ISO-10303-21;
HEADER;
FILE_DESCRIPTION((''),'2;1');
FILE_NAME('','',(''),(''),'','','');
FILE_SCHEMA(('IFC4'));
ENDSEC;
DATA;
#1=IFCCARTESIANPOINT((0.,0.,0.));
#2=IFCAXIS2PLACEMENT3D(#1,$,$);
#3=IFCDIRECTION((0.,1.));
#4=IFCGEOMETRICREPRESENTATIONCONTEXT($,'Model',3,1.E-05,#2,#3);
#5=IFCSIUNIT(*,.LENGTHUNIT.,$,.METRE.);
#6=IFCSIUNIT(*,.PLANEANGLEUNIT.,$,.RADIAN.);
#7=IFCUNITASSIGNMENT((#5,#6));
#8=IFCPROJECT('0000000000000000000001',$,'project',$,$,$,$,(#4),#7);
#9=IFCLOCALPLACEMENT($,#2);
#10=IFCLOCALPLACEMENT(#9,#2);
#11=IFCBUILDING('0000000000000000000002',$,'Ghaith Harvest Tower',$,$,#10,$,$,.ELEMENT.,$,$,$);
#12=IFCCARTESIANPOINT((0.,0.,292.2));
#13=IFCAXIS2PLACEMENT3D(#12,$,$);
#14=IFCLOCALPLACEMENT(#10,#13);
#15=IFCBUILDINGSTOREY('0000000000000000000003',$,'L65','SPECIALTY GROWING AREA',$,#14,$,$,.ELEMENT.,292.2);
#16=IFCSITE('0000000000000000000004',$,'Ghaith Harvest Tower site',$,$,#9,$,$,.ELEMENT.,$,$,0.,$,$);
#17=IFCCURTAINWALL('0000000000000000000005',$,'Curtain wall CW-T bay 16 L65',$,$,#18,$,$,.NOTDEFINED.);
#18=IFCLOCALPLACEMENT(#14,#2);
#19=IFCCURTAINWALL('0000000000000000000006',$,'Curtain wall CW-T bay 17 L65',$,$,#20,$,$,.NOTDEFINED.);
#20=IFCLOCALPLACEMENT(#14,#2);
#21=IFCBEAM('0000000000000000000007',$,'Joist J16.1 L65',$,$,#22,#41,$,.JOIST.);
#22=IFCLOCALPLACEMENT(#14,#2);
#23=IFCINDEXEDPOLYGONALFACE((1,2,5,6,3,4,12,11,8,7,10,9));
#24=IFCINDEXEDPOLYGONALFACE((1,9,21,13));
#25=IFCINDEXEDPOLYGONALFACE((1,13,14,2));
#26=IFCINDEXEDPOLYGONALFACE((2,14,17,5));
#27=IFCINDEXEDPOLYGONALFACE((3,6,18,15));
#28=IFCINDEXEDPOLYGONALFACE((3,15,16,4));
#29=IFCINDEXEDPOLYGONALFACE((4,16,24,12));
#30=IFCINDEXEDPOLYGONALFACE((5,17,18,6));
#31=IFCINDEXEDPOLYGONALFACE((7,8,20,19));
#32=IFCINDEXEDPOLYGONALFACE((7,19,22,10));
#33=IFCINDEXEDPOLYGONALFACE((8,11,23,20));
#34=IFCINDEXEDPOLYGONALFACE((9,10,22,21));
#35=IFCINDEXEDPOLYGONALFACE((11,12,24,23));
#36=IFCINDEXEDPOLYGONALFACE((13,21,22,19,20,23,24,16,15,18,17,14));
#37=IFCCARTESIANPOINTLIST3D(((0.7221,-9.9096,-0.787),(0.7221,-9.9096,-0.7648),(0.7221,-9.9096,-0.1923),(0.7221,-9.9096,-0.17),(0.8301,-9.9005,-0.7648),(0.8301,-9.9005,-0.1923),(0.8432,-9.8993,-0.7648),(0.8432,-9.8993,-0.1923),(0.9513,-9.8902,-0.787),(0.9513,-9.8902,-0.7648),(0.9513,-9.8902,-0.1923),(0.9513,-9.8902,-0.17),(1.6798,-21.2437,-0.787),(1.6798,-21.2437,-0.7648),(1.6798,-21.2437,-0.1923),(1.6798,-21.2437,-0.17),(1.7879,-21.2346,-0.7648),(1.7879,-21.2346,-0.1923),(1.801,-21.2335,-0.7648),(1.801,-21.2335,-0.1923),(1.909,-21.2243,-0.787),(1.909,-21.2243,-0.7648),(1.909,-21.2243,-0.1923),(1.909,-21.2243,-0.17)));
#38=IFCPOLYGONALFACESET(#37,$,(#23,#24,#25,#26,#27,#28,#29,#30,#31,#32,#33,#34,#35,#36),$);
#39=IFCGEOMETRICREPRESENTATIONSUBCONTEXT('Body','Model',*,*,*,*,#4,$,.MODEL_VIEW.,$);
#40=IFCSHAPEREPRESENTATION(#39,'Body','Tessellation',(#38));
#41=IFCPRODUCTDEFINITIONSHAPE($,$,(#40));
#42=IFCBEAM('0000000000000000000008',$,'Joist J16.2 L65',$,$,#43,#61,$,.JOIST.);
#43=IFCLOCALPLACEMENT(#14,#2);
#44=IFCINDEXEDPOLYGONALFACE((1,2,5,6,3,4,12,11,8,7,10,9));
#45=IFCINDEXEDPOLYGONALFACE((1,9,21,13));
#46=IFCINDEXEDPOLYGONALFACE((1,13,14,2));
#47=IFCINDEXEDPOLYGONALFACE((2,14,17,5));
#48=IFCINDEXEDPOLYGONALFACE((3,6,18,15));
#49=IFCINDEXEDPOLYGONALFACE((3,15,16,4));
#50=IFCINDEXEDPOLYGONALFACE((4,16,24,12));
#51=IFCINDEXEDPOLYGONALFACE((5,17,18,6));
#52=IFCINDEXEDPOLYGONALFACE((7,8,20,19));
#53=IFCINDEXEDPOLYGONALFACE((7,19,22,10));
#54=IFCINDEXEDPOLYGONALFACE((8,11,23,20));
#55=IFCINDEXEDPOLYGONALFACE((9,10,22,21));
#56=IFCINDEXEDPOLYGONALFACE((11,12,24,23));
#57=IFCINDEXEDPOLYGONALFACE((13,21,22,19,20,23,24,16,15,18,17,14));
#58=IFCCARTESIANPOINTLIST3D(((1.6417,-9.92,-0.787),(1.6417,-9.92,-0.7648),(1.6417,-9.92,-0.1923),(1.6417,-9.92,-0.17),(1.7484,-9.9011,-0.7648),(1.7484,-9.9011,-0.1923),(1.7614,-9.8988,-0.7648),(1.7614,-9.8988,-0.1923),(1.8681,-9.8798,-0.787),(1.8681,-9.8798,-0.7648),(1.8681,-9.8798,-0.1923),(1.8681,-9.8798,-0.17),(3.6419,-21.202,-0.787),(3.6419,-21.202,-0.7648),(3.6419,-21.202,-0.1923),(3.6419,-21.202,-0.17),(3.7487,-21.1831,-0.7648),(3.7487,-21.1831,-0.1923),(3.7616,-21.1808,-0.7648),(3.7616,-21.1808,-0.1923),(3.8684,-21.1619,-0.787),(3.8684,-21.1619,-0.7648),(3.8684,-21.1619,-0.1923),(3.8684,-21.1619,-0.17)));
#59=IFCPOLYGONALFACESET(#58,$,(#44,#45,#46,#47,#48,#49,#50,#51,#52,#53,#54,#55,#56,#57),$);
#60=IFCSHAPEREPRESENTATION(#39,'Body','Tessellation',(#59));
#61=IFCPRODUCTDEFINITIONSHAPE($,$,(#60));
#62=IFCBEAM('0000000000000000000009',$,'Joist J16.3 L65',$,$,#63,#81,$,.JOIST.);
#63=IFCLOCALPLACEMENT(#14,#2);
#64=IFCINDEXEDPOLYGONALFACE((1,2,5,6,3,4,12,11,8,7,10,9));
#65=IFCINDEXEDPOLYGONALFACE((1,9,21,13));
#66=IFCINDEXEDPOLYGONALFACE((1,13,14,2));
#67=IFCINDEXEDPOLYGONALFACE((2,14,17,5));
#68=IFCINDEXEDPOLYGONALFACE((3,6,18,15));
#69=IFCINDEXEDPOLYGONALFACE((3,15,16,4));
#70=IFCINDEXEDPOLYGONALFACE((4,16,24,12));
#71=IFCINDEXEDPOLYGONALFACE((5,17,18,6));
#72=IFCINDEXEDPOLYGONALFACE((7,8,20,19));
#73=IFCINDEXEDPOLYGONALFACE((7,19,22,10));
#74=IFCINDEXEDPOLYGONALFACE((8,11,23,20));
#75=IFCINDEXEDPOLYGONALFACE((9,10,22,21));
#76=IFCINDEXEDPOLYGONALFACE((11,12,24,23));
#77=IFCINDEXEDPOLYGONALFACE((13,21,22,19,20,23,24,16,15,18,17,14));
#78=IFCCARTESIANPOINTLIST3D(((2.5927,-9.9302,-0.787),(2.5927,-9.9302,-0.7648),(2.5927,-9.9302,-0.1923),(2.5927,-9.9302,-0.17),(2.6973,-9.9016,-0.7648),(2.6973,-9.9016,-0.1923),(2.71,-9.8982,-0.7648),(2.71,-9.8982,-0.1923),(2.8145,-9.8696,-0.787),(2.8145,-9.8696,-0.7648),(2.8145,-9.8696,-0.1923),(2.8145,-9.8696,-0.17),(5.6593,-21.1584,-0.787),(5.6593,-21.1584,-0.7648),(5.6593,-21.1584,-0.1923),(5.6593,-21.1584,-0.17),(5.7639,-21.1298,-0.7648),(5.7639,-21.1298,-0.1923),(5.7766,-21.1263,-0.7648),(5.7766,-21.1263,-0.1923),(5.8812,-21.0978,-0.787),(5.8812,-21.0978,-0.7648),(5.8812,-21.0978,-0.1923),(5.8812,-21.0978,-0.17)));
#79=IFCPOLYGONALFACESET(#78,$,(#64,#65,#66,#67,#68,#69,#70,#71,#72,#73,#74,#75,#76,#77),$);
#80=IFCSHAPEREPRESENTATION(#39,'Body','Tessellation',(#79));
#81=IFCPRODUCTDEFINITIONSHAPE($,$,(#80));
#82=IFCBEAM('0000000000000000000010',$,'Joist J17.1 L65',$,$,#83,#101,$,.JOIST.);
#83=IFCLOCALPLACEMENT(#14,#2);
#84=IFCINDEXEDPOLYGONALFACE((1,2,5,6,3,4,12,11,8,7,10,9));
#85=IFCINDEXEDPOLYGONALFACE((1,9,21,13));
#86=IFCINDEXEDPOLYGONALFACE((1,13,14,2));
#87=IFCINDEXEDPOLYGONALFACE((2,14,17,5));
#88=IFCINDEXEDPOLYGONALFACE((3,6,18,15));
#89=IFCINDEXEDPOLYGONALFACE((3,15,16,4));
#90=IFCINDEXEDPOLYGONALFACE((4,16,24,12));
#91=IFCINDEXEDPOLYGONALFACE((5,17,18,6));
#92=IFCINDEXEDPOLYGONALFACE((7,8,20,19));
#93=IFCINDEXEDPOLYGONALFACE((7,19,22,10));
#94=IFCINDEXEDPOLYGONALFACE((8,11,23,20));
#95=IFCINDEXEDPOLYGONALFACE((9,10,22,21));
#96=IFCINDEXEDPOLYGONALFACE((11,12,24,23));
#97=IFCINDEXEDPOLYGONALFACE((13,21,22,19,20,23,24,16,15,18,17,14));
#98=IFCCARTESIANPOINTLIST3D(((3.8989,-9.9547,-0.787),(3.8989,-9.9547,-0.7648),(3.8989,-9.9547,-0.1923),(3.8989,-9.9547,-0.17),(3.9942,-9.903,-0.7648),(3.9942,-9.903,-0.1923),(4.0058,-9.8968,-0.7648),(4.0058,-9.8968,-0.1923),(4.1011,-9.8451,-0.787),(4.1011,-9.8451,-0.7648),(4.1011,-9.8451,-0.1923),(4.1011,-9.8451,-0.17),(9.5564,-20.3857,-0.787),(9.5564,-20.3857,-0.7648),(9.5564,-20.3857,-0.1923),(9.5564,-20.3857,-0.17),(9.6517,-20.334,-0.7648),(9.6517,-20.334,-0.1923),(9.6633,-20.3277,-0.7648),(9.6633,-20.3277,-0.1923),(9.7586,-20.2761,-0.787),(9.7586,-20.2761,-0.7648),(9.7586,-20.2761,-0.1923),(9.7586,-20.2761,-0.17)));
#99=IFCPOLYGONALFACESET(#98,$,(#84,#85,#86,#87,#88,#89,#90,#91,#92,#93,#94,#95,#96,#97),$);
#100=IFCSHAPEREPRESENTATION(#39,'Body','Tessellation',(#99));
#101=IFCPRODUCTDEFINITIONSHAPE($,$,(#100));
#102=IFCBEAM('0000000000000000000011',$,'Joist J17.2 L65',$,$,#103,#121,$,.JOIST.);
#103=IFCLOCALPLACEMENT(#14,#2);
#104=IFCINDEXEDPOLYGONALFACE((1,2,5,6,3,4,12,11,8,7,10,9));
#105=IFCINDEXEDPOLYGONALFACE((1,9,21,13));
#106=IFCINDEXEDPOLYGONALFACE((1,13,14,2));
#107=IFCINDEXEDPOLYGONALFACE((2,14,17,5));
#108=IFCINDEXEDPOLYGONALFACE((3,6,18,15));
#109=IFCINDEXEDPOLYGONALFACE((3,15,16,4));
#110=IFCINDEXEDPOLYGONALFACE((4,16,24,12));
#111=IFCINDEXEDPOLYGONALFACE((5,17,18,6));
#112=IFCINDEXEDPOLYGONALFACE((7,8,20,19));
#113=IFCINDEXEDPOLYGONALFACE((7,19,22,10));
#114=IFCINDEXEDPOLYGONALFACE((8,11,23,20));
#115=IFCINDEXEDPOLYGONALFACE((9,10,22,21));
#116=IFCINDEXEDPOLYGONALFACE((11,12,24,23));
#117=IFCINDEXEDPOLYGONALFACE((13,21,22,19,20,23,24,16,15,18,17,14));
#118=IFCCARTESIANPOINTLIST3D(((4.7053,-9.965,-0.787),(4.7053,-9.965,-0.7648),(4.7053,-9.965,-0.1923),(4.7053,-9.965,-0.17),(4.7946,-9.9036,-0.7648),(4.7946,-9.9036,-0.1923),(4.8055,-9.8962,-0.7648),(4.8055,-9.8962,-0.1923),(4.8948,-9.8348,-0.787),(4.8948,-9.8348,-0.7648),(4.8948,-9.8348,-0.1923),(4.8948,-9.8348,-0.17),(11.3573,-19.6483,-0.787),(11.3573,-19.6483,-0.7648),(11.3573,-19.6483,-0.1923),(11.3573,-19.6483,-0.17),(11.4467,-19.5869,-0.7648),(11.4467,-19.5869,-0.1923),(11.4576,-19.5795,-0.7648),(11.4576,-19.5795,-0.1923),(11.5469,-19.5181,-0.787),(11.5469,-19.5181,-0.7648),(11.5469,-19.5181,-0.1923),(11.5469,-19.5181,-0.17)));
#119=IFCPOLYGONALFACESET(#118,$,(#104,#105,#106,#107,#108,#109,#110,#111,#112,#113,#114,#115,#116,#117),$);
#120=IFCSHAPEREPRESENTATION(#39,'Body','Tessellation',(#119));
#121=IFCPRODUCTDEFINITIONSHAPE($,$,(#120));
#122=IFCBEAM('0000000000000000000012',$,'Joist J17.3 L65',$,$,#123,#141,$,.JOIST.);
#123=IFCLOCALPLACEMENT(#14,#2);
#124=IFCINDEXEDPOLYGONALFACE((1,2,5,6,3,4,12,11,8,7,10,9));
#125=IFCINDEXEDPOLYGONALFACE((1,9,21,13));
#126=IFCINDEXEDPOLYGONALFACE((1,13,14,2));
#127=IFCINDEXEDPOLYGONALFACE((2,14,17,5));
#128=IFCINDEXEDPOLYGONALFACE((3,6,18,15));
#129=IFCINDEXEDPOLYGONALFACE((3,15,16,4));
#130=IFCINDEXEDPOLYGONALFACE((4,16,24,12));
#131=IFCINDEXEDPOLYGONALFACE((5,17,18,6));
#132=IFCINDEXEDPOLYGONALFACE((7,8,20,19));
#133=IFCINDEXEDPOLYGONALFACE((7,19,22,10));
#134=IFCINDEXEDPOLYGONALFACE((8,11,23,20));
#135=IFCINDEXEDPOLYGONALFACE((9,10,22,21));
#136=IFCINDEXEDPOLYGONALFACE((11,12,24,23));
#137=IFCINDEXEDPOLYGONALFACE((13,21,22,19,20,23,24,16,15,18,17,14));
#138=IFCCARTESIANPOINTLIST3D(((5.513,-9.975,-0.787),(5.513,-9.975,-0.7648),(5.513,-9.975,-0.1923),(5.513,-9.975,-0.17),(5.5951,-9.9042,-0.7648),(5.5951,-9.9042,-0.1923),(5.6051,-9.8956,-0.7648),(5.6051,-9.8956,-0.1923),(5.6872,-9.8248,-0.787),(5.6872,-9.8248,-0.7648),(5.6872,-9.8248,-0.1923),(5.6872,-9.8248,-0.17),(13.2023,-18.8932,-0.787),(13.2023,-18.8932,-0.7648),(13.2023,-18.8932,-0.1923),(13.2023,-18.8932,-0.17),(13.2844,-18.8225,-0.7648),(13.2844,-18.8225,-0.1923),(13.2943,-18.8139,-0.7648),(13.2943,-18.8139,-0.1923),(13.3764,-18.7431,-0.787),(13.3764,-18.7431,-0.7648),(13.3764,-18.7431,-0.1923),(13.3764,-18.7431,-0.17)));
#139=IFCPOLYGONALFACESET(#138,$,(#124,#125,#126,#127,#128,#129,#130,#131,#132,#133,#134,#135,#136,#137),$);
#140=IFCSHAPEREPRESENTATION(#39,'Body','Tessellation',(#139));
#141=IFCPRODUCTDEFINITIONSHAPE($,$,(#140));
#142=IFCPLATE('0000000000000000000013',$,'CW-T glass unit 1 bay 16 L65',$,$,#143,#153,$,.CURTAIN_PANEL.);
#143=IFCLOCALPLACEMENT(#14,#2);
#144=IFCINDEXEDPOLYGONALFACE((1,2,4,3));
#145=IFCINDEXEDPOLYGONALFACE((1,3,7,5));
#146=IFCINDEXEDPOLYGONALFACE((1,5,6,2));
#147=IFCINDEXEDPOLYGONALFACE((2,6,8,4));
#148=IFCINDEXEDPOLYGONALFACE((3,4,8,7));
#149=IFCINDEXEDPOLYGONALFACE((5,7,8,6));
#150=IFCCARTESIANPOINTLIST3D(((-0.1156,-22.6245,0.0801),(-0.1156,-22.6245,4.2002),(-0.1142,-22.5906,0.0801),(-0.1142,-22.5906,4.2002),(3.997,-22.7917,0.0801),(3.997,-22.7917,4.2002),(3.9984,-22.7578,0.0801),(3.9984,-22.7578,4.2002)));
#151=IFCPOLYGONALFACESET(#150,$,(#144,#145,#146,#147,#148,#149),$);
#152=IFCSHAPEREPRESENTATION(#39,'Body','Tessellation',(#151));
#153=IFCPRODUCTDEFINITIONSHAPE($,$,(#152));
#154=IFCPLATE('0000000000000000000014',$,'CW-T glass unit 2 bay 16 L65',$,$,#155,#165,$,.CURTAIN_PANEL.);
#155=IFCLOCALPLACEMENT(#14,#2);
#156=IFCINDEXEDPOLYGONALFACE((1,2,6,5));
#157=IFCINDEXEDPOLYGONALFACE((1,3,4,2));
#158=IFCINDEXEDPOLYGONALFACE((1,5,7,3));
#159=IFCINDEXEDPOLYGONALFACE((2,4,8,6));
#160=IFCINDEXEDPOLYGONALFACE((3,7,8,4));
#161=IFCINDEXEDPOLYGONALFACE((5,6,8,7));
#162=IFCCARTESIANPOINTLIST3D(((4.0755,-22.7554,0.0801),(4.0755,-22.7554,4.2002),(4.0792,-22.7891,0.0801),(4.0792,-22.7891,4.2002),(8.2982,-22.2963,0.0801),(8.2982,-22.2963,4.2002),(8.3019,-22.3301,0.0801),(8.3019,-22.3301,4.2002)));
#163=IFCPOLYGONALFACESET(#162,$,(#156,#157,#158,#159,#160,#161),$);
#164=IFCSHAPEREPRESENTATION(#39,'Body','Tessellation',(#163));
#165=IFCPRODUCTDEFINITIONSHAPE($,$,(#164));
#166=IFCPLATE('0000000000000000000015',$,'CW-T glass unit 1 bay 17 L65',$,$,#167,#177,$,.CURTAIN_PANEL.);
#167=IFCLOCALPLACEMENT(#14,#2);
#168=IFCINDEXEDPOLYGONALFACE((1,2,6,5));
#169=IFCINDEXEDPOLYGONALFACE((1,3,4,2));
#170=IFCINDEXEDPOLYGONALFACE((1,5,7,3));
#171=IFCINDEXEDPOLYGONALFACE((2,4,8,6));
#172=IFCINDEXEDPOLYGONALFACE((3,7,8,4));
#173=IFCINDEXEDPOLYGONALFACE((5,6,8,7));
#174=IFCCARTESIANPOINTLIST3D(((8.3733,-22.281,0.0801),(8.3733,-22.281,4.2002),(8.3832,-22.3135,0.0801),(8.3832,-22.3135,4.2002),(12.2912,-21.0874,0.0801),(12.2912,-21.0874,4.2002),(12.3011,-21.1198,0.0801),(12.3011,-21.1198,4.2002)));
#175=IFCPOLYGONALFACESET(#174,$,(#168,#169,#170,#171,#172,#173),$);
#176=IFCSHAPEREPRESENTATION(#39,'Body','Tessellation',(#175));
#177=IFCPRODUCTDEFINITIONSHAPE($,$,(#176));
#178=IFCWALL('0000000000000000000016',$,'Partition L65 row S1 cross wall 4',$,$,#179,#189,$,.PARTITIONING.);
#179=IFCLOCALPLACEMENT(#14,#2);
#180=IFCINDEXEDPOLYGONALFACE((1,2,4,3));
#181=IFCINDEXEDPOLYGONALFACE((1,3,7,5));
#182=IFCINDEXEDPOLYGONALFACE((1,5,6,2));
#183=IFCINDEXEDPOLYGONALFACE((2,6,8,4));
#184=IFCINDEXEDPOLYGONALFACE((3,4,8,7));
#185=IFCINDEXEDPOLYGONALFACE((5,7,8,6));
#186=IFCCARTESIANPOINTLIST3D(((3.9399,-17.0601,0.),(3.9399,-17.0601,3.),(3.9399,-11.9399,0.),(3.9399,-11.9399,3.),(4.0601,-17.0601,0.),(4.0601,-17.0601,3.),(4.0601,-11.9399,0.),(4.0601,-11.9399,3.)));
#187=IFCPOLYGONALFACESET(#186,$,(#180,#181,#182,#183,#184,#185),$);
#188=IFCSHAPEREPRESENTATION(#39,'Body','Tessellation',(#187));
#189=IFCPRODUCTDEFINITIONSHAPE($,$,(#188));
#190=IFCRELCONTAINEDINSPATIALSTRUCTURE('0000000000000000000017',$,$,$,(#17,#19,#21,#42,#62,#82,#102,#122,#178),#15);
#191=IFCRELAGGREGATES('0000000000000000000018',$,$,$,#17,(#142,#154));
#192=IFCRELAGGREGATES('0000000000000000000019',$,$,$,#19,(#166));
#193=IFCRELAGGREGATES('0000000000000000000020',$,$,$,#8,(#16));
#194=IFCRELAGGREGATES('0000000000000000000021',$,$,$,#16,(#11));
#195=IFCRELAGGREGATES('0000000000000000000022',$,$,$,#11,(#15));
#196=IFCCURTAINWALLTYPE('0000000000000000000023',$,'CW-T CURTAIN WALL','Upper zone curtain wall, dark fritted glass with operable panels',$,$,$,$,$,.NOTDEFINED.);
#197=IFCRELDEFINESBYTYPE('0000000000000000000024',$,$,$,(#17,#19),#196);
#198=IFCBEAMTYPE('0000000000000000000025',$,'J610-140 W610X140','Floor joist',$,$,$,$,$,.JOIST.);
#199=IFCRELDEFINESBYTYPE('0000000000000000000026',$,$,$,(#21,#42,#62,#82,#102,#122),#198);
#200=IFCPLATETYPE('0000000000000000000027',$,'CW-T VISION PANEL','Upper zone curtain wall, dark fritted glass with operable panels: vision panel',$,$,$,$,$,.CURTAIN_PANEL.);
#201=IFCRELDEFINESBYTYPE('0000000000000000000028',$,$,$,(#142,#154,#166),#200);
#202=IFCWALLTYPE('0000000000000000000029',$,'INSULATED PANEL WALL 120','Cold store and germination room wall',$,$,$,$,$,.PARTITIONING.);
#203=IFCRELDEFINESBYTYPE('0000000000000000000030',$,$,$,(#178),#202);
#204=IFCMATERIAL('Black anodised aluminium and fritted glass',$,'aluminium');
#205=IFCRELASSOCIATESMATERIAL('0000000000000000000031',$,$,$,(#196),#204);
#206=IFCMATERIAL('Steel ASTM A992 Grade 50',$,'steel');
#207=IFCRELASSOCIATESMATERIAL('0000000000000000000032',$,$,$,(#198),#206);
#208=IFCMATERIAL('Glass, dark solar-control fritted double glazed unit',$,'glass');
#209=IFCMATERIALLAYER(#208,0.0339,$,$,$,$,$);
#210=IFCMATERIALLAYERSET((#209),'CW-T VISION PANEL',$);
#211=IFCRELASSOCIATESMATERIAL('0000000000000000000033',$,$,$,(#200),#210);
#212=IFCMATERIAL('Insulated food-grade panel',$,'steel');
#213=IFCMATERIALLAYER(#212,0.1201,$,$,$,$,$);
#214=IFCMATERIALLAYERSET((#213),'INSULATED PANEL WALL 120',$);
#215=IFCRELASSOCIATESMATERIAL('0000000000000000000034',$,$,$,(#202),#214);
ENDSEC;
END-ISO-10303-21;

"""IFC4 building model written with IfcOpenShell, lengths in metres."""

from ifc_helpers import new_model, si_unit, direction, frame, frame_2d, origin, origin_2d, place, context, subcontext, project, spatial, rectangle, i_section, extrude, material, layer, layer_set, material_profile, profile_set, type_object, element, aggregate, save


model = new_model("IFC4")

# Units and contexts
model_context = context("Model", 3, precision=1e-05, world=origin(), true_north=direction((0.0, 1.0)))
body_context = subcontext(model_context, "Body", "Model", "MODEL_VIEW")
ifc_project = project(units=[si_unit("LENGTHUNIT", "METRE"), si_unit("PLANEANGLEUNIT", "RADIAN")], contexts=[model_context])

# Site, building, storey
site_placement = place(None, origin())
site = spatial("IfcSite", under=ifc_project, at=site_placement, Name="Ghaith Harvest Tower site", CompositionType="ELEMENT", RefElevation=0.0)
building_placement = place(site_placement, origin())
building = spatial("IfcBuilding", under=site, at=building_placement, Name="Ghaith Harvest Tower", CompositionType="ELEMENT")
storey_placement = place(building_placement, frame((0.0, 0.0, 292.2)))
storey = spatial("IfcBuildingStorey", under=building, at=storey_placement, Name="L65", Description="SPECIALTY GROWING AREA", CompositionType="ELEMENT", Elevation=292.2)

# Curtain walls
ifc_material_1 = material(Name="Black anodised aluminium and fritted glass", Category="aluminium")
curtain_wall_type = type_object("IfcCurtainWallType", Name="CW-T CURTAIN WALL", Description="Upper zone curtain wall, dark fritted glass with operable panels", PredefinedType="NOTDEFINED", material=ifc_material_1)
curtain_wall_1_placement = place(storey_placement, origin())
curtain_wall_1 = element("IfcCurtainWall", 1, at=curtain_wall_1_placement, inside=storey, type_object=curtain_wall_type, Name="Curtain wall CW-T bay 16 L65", PredefinedType="NOTDEFINED")
curtain_wall_2_placement = place(storey_placement, origin())
curtain_wall_2 = element("IfcCurtainWall", 2, at=curtain_wall_2_placement, inside=storey, type_object=curtain_wall_type, Name="Curtain wall CW-T bay 17 L65", PredefinedType="NOTDEFINED")

# Beams
ifc_material_2 = material(Name="Steel ASTM A992 Grade 50", Category="steel")
ifc_material_profile_1 = material_profile(ifc_material_2, i_section(OverallWidth=0.23, OverallDepth=0.6169, WebThickness=0.0132, FlangeThickness=0.0222, at=origin_2d()), Name="W610X140")
ifc_profile_set_1 = profile_set([ifc_material_profile_1], Name="Steel ASTM A992 Grade 50")
beam_type_1 = type_object("IfcBeamType", Name="J610-140 W610X140", Description="Floor joist", PredefinedType="JOIST", material=ifc_profile_set_1)
beam_1_placement = place(storey_placement, frame((0.8367, -9.8999, -0.4785), z_axis=(0.084202, -0.996449, 0.0), x_axis=(0.996449, 0.084202, 0.0)))
element("IfcBeam", 3, at=beam_1_placement, inside=storey, type_object=beam_type_1, Name="Joist J16.1 L65", PredefinedType="JOIST", context=body_context, shape_type="SweptSolid", body=[
    extrude(i_section(OverallWidth=0.23, OverallDepth=0.6169, WebThickness=0.0132, FlangeThickness=0.0222, at=origin_2d()), origin(), (0.0, 0.0, 1.0), 11.3745),
])
beam_2_placement = place(storey_placement, frame((1.7549, -9.8999, -0.4785), z_axis=(0.174573, -0.984644, 0.0), x_axis=(0.984644, 0.174573, 0.0)))
element("IfcBeam", 4, at=beam_2_placement, inside=storey, type_object=beam_type_1, Name="Joist J16.2 L65", PredefinedType="JOIST", context=body_context, shape_type="SweptSolid", body=[
    extrude(i_section(OverallWidth=0.23, OverallDepth=0.6169, WebThickness=0.0132, FlangeThickness=0.0222, at=origin_2d()), origin(), (0.0, 0.0, 1.0), 11.458),
])
beam_3_placement = place(storey_placement, frame((2.7036, -9.8999, -0.4785), z_axis=(0.263469, -0.964668, 0.0), x_axis=(0.964668, 0.263469, 0.0)))
element("IfcBeam", 5, at=beam_3_placement, inside=storey, type_object=beam_type_1, Name="Joist J16.3 L65", PredefinedType="JOIST", context=body_context, shape_type="SweptSolid", body=[
    extrude(i_section(OverallWidth=0.23, OverallDepth=0.6169, WebThickness=0.0132, FlangeThickness=0.0222, at=origin_2d()), origin(), (0.0, 0.0, 1.0), 11.6394),
])
beam_4_placement = place(storey_placement, frame((4.0, -9.8999, -0.4785), z_axis=(0.476765, -0.879031, 0.0), x_axis=(0.879031, 0.476765, 0.0)))
element("IfcBeam", 6, at=beam_4_placement, inside=storey, type_object=beam_type_1, Name="Joist J17.1 L65", PredefinedType="JOIST", context=body_context, shape_type="SweptSolid", body=[
    extrude(i_section(OverallWidth=0.23, OverallDepth=0.6169, WebThickness=0.0132, FlangeThickness=0.0222, at=origin_2d()), origin(), (0.0, 0.0, 1.0), 11.8665),
])
beam_5_placement = place(storey_placement, frame((4.8, -9.8999, -0.4785), z_axis=(0.566228, -0.824249, 0.0), x_axis=(0.824249, 0.566228, 0.0)))
element("IfcBeam", 7, at=beam_5_placement, inside=storey, type_object=beam_type_1, Name="Joist J17.2 L65", PredefinedType="JOIST", context=body_context, shape_type="SweptSolid", body=[
    extrude(i_section(OverallWidth=0.23, OverallDepth=0.6169, WebThickness=0.0132, FlangeThickness=0.0222, at=origin_2d()), origin(), (0.0, 0.0, 1.0), 11.748),
])
beam_6_placement = place(storey_placement, frame((5.6001, -9.8999, -0.4785), z_axis=(0.652993, -0.757364, 0.0), x_axis=(0.757364, 0.652993, 0.0)))
element("IfcBeam", 8, at=beam_6_placement, inside=storey, type_object=beam_type_1, Name="Joist J17.3 L65", PredefinedType="JOIST", context=body_context, shape_type="SweptSolid", body=[
    extrude(i_section(OverallWidth=0.23, OverallDepth=0.6169, WebThickness=0.0132, FlangeThickness=0.0222, at=origin_2d()), origin(), (0.0, 0.0, 1.0), 11.7754),
])

# Plates
ifc_material_3 = material(Name="Glass, dark solar-control fritted double glazed unit", Category="glass")
ifc_layer_1 = layer(ifc_material_3, 0.0339)
ifc_layer_set_1 = layer_set([ifc_layer_1], Name="CW-T VISION PANEL")
plate_type = type_object("IfcPlateType", Name="CW-T VISION PANEL", Description="Upper zone curtain wall, dark fritted glass with operable panels: vision panel", PredefinedType="CURTAIN_PANEL", material=ifc_layer_set_1)
plate_1_placement = place(storey_placement, frame((1.9414, -22.6912, 0.0801), z_axis=(0.0, 0.0, 1.0), x_axis=(0.999174, -0.040638, 0.0)))
plate_1 = element("IfcPlate", 9, at=plate_1_placement, type_object=plate_type, Name="CW-T glass unit 1 bay 16 L65", PredefinedType="CURTAIN_PANEL", context=body_context, shape_type="SweptSolid", body=[
    extrude(rectangle(XDim=4.116, YDim=0.0339, at=origin_2d()), origin(), (0.0, 0.0, 1.0), 4.1201),
])
plate_2_placement = place(storey_placement, frame((6.1887, -22.5427, 0.0801), z_axis=(0.0, 0.0, 1.0), x_axis=(0.994143, 0.108074, 0.0)))
plate_2 = element("IfcPlate", 10, at=plate_2_placement, type_object=plate_type, Name="CW-T glass unit 2 bay 16 L65", PredefinedType="CURTAIN_PANEL", context=body_context, shape_type="SweptSolid", body=[
    extrude(rectangle(XDim=4.2476, YDim=0.0339, at=origin_2d()), origin(), (0.0, 0.0, 1.0), 4.1201),
])
aggregate(curtain_wall_1, [plate_1, plate_2])
plate_3_placement = place(storey_placement, frame((10.3372, -21.7004, 0.0801), z_axis=(0.0, 0.0, 1.0), x_axis=(0.956588, 0.291445, 0.0)))
plate_3 = element("IfcPlate", 11, at=plate_3_placement, type_object=plate_type, Name="CW-T glass unit 1 bay 17 L65", PredefinedType="CURTAIN_PANEL", context=body_context, shape_type="SweptSolid", body=[
    extrude(rectangle(XDim=4.0957, YDim=0.0339, at=origin_2d()), origin(), (0.0, 0.0, 1.0), 4.1201),
])
aggregate(curtain_wall_2, [plate_3])

# Wall
ifc_material_4 = material(Name="Insulated food-grade panel", Category="steel")
ifc_layer_2 = layer(ifc_material_4, 0.1201)
ifc_layer_set_2 = layer_set([ifc_layer_2], Name="INSULATED PANEL WALL 120")
wall_type = type_object("IfcWallType", Name="INSULATED PANEL WALL 120", Description="Cold store and germination room wall", PredefinedType="PARTITIONING", material=ifc_layer_set_2)
for number, where, z_axis, x_axis, name in (
    (12, (4.0, -11.9399, 0.0), (0.0, 0.0, 1.0), (0.0, -1.0, 0.0), "Partition L65 row S1 cross wall 4"),
):
    element("IfcWall", number, at=place(storey_placement, frame(where, z_axis=z_axis, x_axis=x_axis)), inside=storey, type_object=wall_type, Name=name, PredefinedType="PARTITIONING", context=body_context, shape_type="SweptSolid", body=[
        extrude(rectangle(XDim=5.1201, YDim=0.1201, at=frame_2d((2.5601, 0.0))), origin(), (0.0, 0.0, 1.0), 3.0),
    ])

save(model, "model.ifc")
